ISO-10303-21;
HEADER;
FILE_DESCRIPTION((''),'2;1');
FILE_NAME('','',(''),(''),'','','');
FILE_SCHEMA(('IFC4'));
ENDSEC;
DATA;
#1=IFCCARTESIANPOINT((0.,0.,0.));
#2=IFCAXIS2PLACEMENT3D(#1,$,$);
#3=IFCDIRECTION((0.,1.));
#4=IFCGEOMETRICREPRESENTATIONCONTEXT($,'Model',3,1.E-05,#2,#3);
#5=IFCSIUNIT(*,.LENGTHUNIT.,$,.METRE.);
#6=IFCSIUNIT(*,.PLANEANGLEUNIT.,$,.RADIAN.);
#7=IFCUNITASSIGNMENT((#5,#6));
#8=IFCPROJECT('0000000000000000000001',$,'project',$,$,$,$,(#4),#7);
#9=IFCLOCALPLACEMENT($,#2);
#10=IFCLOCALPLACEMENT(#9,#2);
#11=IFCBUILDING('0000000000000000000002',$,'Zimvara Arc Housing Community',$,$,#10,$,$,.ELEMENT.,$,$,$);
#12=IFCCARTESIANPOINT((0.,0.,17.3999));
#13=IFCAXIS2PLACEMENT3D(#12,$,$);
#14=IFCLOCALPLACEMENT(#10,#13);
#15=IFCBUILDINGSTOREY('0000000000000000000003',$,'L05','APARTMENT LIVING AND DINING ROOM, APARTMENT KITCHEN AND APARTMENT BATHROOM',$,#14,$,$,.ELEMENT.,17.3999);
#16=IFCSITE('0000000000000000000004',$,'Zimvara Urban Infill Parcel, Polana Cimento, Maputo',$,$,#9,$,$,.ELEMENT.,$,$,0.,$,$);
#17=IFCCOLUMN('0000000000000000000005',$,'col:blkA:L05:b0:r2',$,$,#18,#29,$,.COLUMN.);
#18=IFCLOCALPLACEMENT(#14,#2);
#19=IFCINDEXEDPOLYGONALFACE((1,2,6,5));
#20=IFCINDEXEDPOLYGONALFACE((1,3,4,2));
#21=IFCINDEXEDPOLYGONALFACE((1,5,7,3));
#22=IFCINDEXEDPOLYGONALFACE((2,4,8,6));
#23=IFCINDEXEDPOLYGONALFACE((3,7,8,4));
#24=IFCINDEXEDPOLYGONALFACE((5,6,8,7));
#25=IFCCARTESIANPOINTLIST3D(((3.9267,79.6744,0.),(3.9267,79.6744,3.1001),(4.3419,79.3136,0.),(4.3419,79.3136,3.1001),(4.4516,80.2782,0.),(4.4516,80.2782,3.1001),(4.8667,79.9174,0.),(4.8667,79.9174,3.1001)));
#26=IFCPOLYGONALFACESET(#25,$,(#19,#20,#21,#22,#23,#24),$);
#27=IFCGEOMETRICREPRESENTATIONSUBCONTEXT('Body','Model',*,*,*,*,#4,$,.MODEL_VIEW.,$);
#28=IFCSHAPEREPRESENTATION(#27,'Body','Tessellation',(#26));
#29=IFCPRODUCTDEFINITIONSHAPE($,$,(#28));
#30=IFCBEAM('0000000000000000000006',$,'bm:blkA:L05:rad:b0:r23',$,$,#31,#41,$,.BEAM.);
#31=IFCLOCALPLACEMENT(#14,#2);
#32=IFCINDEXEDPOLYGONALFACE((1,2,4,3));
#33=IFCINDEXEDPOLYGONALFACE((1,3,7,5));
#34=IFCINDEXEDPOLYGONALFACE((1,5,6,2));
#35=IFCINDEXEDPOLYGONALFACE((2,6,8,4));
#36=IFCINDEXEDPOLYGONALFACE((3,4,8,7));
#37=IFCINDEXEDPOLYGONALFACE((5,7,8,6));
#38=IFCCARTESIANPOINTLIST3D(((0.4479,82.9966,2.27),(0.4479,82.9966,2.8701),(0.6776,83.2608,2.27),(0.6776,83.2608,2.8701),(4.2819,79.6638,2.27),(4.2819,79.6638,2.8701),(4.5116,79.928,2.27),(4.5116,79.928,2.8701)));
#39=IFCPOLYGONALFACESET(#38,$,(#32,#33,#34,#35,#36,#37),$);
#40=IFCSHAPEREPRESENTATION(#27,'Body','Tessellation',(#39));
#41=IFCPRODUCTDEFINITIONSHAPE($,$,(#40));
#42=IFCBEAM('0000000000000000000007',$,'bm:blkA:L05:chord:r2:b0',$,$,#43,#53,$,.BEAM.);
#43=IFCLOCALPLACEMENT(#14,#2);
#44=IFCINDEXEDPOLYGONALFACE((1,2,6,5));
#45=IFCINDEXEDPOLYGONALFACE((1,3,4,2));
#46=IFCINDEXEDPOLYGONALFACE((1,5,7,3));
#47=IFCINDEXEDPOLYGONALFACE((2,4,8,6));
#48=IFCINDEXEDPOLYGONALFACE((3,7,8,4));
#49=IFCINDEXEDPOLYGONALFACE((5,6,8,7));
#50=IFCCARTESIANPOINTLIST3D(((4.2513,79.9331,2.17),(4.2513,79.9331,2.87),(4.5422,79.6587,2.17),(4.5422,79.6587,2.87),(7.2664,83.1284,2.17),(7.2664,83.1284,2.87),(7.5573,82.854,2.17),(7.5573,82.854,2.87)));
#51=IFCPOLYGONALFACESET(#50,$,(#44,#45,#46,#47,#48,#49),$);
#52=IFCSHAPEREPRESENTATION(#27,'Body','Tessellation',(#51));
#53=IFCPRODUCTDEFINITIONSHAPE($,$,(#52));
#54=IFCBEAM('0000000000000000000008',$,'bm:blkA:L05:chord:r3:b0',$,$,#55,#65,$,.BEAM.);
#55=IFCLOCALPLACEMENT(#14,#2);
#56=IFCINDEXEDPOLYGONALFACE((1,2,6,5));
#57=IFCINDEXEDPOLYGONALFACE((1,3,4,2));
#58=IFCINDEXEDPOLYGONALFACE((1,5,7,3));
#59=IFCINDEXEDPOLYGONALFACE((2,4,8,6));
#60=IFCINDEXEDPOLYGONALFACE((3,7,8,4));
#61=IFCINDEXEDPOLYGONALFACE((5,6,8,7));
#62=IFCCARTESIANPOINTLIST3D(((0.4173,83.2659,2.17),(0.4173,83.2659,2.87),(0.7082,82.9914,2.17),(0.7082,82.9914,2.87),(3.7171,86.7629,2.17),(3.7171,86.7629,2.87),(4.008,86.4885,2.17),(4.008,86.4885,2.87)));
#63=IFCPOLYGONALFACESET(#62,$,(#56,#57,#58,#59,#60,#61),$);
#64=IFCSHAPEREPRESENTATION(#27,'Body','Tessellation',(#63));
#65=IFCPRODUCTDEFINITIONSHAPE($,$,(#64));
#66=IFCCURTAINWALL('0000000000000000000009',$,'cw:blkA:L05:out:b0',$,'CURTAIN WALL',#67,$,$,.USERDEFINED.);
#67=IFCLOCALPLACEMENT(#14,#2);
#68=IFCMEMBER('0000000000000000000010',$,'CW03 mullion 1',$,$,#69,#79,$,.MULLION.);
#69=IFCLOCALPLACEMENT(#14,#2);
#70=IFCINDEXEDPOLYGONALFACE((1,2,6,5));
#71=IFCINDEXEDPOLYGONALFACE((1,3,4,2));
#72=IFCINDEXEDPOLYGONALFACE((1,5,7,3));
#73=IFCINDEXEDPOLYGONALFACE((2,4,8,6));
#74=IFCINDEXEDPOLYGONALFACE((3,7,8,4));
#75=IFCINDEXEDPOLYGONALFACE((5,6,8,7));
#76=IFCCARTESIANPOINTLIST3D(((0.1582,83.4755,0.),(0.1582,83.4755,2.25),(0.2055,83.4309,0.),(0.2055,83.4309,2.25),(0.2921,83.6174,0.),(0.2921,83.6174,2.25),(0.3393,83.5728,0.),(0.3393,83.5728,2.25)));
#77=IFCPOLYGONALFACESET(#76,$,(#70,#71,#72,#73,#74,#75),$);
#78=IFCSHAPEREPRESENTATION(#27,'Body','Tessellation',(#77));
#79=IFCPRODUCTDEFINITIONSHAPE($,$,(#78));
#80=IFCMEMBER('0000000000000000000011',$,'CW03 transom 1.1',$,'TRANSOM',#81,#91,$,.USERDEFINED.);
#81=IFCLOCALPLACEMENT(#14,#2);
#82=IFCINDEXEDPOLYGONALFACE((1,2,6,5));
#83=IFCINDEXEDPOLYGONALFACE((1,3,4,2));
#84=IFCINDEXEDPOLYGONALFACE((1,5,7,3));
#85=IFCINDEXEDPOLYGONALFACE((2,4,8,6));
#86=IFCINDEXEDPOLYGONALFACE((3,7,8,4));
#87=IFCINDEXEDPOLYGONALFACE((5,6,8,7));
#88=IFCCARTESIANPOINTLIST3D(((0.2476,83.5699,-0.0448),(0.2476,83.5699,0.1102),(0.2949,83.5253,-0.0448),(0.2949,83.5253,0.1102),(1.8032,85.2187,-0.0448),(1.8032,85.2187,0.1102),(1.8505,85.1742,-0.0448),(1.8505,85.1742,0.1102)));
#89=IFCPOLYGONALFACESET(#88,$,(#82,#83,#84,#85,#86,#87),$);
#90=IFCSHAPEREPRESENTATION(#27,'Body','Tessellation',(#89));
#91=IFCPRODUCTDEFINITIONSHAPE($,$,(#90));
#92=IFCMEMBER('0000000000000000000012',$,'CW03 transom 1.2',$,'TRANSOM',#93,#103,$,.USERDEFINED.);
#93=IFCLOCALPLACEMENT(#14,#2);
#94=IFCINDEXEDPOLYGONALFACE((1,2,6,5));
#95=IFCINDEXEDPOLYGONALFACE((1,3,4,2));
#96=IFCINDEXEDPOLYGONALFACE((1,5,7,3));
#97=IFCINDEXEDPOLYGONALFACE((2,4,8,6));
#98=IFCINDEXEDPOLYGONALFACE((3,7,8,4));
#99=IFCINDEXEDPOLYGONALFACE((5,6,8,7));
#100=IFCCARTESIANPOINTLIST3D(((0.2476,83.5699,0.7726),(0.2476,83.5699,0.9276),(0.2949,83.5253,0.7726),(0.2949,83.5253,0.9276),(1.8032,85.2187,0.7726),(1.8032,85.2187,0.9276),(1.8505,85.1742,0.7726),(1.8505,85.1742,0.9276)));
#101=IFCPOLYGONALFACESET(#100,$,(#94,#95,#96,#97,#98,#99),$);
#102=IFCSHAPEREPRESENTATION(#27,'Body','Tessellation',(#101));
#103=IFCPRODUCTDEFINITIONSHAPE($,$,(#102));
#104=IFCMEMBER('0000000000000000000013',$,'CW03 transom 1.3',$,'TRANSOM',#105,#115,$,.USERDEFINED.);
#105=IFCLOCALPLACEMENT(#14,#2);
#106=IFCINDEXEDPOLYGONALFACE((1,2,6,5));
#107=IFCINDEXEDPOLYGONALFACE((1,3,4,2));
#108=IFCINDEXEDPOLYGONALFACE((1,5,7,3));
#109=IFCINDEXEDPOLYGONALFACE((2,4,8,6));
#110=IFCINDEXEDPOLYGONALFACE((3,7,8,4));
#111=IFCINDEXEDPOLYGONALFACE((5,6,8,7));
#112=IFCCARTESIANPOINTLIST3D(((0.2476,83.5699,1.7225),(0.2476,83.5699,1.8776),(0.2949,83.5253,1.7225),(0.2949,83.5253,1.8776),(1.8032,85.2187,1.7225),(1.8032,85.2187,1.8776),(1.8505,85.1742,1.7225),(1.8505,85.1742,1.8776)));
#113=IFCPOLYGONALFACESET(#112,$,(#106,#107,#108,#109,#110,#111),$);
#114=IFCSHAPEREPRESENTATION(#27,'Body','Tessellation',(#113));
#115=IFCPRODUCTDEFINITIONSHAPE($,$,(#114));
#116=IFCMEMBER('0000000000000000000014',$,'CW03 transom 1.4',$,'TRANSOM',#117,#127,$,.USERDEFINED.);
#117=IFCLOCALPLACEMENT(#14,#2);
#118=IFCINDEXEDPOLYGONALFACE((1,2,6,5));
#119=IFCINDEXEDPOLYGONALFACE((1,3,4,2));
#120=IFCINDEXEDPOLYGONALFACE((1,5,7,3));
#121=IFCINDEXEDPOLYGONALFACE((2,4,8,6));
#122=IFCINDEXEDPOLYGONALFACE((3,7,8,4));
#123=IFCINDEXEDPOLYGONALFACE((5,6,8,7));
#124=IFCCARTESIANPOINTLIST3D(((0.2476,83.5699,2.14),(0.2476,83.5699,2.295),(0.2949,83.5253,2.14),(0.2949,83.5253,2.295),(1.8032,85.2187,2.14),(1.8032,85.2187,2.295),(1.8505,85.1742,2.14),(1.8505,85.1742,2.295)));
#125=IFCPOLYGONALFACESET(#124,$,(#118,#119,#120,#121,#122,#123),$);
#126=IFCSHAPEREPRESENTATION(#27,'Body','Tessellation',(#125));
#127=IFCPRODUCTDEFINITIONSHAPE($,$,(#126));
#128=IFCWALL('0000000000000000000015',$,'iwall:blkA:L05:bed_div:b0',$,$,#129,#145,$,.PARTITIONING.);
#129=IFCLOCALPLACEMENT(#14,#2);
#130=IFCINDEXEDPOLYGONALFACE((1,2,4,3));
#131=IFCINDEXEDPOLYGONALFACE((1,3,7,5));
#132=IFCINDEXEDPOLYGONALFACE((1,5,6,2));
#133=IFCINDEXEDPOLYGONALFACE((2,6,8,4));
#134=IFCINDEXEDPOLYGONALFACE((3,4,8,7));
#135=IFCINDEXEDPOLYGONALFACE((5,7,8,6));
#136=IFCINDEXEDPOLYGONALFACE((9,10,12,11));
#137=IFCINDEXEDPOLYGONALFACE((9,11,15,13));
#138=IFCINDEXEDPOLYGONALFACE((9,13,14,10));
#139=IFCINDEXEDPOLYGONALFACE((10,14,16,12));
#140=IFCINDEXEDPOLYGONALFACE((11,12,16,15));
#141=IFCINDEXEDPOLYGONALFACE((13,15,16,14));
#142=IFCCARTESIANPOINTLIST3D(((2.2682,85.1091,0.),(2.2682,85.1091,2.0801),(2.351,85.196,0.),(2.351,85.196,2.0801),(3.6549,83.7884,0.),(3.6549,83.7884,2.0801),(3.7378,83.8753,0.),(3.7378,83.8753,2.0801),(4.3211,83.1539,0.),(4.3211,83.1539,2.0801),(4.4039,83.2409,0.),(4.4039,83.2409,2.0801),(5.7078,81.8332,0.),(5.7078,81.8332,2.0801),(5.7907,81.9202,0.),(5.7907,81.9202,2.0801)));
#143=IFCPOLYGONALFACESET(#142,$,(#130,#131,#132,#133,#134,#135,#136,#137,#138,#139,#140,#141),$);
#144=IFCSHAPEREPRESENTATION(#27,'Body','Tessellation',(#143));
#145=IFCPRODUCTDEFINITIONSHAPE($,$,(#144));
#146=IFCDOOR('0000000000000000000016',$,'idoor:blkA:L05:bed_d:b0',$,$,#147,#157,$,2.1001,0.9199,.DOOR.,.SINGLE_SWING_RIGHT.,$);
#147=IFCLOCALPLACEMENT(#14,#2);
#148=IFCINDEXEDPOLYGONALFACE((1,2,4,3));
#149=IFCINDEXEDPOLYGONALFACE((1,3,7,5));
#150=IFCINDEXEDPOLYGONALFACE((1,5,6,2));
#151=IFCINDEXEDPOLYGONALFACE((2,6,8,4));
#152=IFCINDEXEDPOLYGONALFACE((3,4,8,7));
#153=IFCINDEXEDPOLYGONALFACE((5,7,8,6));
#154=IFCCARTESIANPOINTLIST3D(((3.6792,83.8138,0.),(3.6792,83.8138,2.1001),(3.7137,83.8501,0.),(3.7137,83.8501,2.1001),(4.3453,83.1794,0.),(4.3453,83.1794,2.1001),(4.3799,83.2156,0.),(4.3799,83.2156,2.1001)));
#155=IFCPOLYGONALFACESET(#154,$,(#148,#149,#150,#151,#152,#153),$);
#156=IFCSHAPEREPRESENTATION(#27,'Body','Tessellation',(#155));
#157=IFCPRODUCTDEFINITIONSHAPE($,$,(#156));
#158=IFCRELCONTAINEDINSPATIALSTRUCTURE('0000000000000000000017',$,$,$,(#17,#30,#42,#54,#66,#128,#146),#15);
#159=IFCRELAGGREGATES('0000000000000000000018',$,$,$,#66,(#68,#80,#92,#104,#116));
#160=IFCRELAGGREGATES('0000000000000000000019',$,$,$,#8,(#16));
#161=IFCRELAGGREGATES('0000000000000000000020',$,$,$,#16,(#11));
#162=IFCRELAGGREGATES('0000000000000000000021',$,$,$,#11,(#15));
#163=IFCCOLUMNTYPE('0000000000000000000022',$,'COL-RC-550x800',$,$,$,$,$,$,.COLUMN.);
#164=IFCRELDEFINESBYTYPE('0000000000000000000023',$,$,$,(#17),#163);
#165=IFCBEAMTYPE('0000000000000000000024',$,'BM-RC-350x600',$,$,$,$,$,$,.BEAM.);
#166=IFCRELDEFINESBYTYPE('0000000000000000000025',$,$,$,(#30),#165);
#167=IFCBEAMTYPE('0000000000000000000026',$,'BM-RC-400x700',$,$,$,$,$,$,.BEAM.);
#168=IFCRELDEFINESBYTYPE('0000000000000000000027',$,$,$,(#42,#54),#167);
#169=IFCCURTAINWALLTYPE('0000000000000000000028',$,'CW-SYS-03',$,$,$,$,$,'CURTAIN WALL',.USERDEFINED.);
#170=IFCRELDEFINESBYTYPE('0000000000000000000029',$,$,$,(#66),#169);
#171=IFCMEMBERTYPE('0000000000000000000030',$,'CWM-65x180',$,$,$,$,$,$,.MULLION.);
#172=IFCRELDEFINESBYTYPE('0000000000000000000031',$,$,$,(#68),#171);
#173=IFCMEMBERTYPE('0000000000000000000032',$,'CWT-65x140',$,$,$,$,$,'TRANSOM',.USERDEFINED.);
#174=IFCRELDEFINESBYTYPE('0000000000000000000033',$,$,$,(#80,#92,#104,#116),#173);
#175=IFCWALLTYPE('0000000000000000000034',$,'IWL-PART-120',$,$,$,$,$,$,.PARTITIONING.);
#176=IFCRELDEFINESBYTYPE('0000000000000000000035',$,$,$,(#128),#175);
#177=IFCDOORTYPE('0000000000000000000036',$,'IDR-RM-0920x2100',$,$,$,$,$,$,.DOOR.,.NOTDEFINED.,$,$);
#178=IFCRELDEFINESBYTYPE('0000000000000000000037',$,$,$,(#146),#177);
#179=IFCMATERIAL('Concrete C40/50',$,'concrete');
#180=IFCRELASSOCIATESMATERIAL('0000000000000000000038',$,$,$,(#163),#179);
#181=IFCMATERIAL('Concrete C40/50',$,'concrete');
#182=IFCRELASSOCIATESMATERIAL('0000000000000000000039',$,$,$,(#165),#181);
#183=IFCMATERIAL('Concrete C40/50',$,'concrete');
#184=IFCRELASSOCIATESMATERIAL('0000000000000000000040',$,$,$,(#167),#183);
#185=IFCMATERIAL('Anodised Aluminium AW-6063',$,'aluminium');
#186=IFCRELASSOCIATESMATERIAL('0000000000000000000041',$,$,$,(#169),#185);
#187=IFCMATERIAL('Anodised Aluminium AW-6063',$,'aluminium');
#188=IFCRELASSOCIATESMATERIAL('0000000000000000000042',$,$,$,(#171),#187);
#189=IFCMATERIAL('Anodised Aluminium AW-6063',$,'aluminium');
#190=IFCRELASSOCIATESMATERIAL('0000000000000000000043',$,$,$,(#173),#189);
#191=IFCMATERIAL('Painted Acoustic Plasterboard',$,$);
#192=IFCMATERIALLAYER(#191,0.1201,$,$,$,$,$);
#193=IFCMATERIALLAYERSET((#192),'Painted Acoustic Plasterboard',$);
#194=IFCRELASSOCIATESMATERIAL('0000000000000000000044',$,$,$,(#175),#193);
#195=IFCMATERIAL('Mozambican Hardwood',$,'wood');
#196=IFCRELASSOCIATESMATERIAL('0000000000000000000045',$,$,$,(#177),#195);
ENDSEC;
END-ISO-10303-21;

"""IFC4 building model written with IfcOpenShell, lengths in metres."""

from ifc_helpers import new_model, si_unit, direction, frame, frame_2d, origin, origin_2d, place, context, subcontext, project, spatial, rectangle, extrude, material, layer, layer_set, material_profile, profile_set, type_object, element, fill, aggregate, save


model = new_model("IFC4")

# Units and contexts
model_context = context("Model", 3, precision=1e-05, world=origin(), true_north=direction((0.0, 1.0)))
body_context = subcontext(model_context, "Body", "Model", "MODEL_VIEW")
ifc_project = project(units=[si_unit("LENGTHUNIT", "METRE"), si_unit("PLANEANGLEUNIT", "RADIAN")], contexts=[model_context])

# Site, building, storey
site_placement = place(None, origin())
site = spatial("IfcSite", under=ifc_project, at=site_placement, Name="Zimvara Urban Infill Parcel, Polana Cimento, Maputo", CompositionType="ELEMENT", RefElevation=0.0)
building_placement = place(site_placement, origin())
building = spatial("IfcBuilding", under=site, at=building_placement, Name="Zimvara Arc Housing Community", CompositionType="ELEMENT")
storey_placement = place(building_placement, frame((0.0, 0.0, 17.3999)))
storey = spatial("IfcBuildingStorey", under=building, at=storey_placement, Name="L05", Description="APARTMENT LIVING AND DINING ROOM, APARTMENT KITCHEN AND APARTMENT BATHROOM", CompositionType="ELEMENT", Elevation=17.3999)

# Column
ifc_material_1 = material(Name="Concrete C40/50", Category="concrete")
ifc_material_profile_1 = material_profile(ifc_material_1, rectangle(XDim=0.55, YDim=0.8, at=origin_2d()), Name="RC 550x800")
ifc_profile_set_1 = profile_set([ifc_material_profile_1], Name="Concrete C40/50")
column_type_1 = type_object("IfcColumnType", Name="COL-RC-550x800", PredefinedType="COLUMN", material=ifc_profile_set_1)
column_1_placement = place(storey_placement, frame((4.3967, 79.7959, 0.0), z_axis=(0.0, 0.0, 1.0), x_axis=(-0.75471, 0.656059, 0.0)))
element("IfcColumn", 1, at=column_1_placement, inside=storey, type_object=column_type_1, Name="col:blkA:L05:b0:r2", PredefinedType="COLUMN", context=body_context, shape_type="SweptSolid", body=[
    extrude(rectangle(XDim=0.55, YDim=0.8, at=origin_2d()), origin(), (0.0, 0.0, 1.0), 3.1001),
])

# Beams
ifc_material_2 = material(Name="Concrete C40/50", Category="concrete")
ifc_material_profile_2 = material_profile(ifc_material_2, rectangle(XDim=0.3501, YDim=0.6001, at=origin_2d()), Name="RC 350x600")
ifc_profile_set_2 = profile_set([ifc_material_profile_2], Name="Concrete C40/50")
beam_type_1 = type_object("IfcBeamType", Name="BM-RC-350x600", PredefinedType="BEAM", material=ifc_profile_set_2)
beam_1_placement = place(storey_placement, frame((4.3967, 79.7959, 2.5701), z_axis=(-0.754716, 0.656051, 0.0), x_axis=(-0.656051, -0.754716, 0.0)))
element("IfcBeam", 2, at=beam_1_placement, inside=storey, type_object=beam_type_1, Name="bm:blkA:L05:rad:b0:r23", PredefinedType="BEAM", context=body_context, shape_type="SweptSolid", body=[
    extrude(rectangle(XDim=0.3501, YDim=0.6001, at=origin_2d()), origin(), (0.0, 0.0, 1.0), 5.0801),
])
ifc_material_3 = material(Name="Concrete C40/50", Category="concrete")
ifc_material_profile_3 = material_profile(ifc_material_3, rectangle(XDim=0.3999, YDim=0.7, at=origin_2d()), Name="RC 400x700")
ifc_profile_set_3 = profile_set([ifc_material_profile_3], Name="Concrete C40/50")
beam_type_2 = type_object("IfcBeamType", Name="BM-RC-400x700", PredefinedType="BEAM", material=ifc_profile_set_3)
beam_2_placement = place(storey_placement, frame((4.3967, 79.7959, 2.52), z_axis=(0.686304, 0.727315, 0.0), x_axis=(-0.727315, 0.686304, 0.0)))
element("IfcBeam", 3, at=beam_2_placement, inside=storey, type_object=beam_type_2, Name="bm:blkA:L05:chord:r2:b0", PredefinedType="BEAM", context=body_context, shape_type="SweptSolid", body=[
    extrude(rectangle(XDim=0.3999, YDim=0.7, at=origin_2d()), origin(), (0.0, 0.0, 1.0), 4.3933),
])
beam_3_placement = place(storey_placement, frame((0.5627, 83.1287, 2.52), z_axis=(0.686295, 0.727323, 0.0), x_axis=(-0.727323, 0.686295, 0.0)))
element("IfcBeam", 4, at=beam_3_placement, inside=storey, type_object=beam_type_2, Name="bm:blkA:L05:chord:r3:b0", PredefinedType="BEAM", context=body_context, shape_type="SweptSolid", body=[
    extrude(rectangle(XDim=0.3999, YDim=0.7, at=origin_2d()), origin(), (0.0, 0.0, 1.0), 4.8081),
])

# Curtain wall, members
ifc_material_4 = material(Name="Anodised Aluminium AW-6063", Category="aluminium")
curtain_wall_type = type_object("IfcCurtainWallType", Name="CW-SYS-03", ElementType="CURTAIN WALL", PredefinedType="USERDEFINED", material=ifc_material_4)
curtain_wall_placement = place(storey_placement, origin())
curtain_wall = element("IfcCurtainWall", 5, at=curtain_wall_placement, inside=storey, type_object=curtain_wall_type, Name="cw:blkA:L05:out:b0", ObjectType="CURTAIN WALL", PredefinedType="USERDEFINED")
ifc_material_5 = material(Name="Anodised Aluminium AW-6063", Category="aluminium")
ifc_material_profile_4 = material_profile(ifc_material_5, rectangle(XDim=0.0649, YDim=0.1951, at=origin_2d()), Name="ALU 65x195")
ifc_profile_set_4 = profile_set([ifc_material_profile_4], Name="Anodised Aluminium AW-6063")
member_type_1 = type_object("IfcMemberType", Name="CWM-65x180", PredefinedType="MULLION", material=ifc_profile_set_4)
member_1_placement = place(storey_placement, frame((0.2488, 83.5242, 0.0), z_axis=(0.0, 0.0, 1.0), x_axis=(-0.727294, 0.686326, 0.0)))
member_1 = element("IfcMember", 6, at=member_1_placement, type_object=member_type_1, Name="CW03 mullion 1", PredefinedType="MULLION", context=body_context, shape_type="SweptSolid", body=[
    extrude(rectangle(XDim=0.0649, YDim=0.1951, at=origin_2d()), origin(), (0.0, 0.0, 1.0), 2.25),
])
ifc_material_6 = material(Name="Anodised Aluminium AW-6063", Category="aluminium")
ifc_material_profile_5 = material_profile(ifc_material_6, rectangle(XDim=0.0649, YDim=0.155, at=origin_2d()), Name="ALU 65x155")
ifc_profile_set_5 = profile_set([ifc_material_profile_5], Name="Anodised Aluminium AW-6063")
member_type_2 = type_object("IfcMemberType", Name="CWT-65x140", ElementType="TRANSOM", PredefinedType="USERDEFINED", material=ifc_profile_set_5)
member_2_placement = place(storey_placement, frame((0.2712, 83.5476, 0.0327), z_axis=(0.686238, 0.727377, 0.0), x_axis=(-0.727377, 0.686238, 0.0)))
member_2 = element("IfcMember", 7, at=member_2_placement, type_object=member_type_2, Name="CW03 transom 1.1", ObjectType="TRANSOM", PredefinedType="USERDEFINED", context=body_context, shape_type="SweptSolid", body=[
    extrude(rectangle(XDim=0.0649, YDim=0.155, at=origin_2d()), origin(), (0.0, 0.0, 1.0), 2.2668),
])
member_3_placement = place(storey_placement, frame((0.2712, 83.5476, 0.8501), z_axis=(0.686238, 0.727377, 0.0), x_axis=(-0.727377, 0.686238, 0.0)))
member_3 = element("IfcMember", 8, at=member_3_placement, type_object=member_type_2, Name="CW03 transom 1.2", ObjectType="TRANSOM", PredefinedType="USERDEFINED", context=body_context, shape_type="SweptSolid", body=[
    extrude(rectangle(XDim=0.0649, YDim=0.155, at=origin_2d()), origin(), (0.0, 0.0, 1.0), 2.2668),
])
member_4_placement = place(storey_placement, frame((0.2712, 83.5476, 1.8), z_axis=(0.686238, 0.727377, 0.0), x_axis=(-0.727377, 0.686238, 0.0)))
member_4 = element("IfcMember", 9, at=member_4_placement, type_object=member_type_2, Name="CW03 transom 1.3", ObjectType="TRANSOM", PredefinedType="USERDEFINED", context=body_context, shape_type="SweptSolid", body=[
    extrude(rectangle(XDim=0.0649, YDim=0.155, at=origin_2d()), origin(), (0.0, 0.0, 1.0), 2.2668),
])
member_5_placement = place(storey_placement, frame((0.2712, 83.5476, 2.2175), z_axis=(0.686238, 0.727377, 0.0), x_axis=(-0.727377, 0.686238, 0.0)))
member_5 = element("IfcMember", 10, at=member_5_placement, type_object=member_type_2, Name="CW03 transom 1.4", ObjectType="TRANSOM", PredefinedType="USERDEFINED", context=body_context, shape_type="SweptSolid", body=[
    extrude(rectangle(XDim=0.0649, YDim=0.155, at=origin_2d()), origin(), (0.0, 0.0, 1.0), 2.2668),
])
aggregate(curtain_wall, [member_1, member_2, member_3, member_4, member_5])

# Wall, opening, door
ifc_material_7 = material(Name="Painted Acoustic Plasterboard")
ifc_layer_1 = layer(ifc_material_7, 0.1201)
ifc_layer_set_1 = layer_set([ifc_layer_1], Name="Painted Acoustic Plasterboard")
wall_type_1 = type_object("IfcWallType", Name="IWL-PART-120", PredefinedType="PARTITIONING", material=ifc_layer_set_1)
wall_1_placement = place(storey_placement, frame((5.7493, 81.8767, 0.0), z_axis=(0.0, 0.0, 1.0), x_axis=(-0.72414, 0.689653, 0.0)))
wall_1 = element("IfcWall", 11, at=wall_1_placement, inside=storey, type_object=wall_type_1, Name="iwall:blkA:L05:bed_div:b0", PredefinedType="PARTITIONING", context=body_context, shape_type="SweptSolid", body=[
    extrude(rectangle(XDim=4.75, YDim=0.1201, at=frame_2d((2.375, 0.0))), origin(), (0.0, 0.0, 1.0), 2.0801),
])
opening_1_placement = place(wall_1_placement, frame((1.915, 0.0, 0.0)))
opening_1 = element("IfcOpeningElement", 12, at=opening_1_placement, cuts=wall_1, PredefinedType="OPENING", context=body_context, shape_type="SweptSolid", body=[
    extrude(rectangle(XDim=0.9199, YDim=2.1001, at=frame_2d((0.46, 1.05))), frame((0.0, 0.0701, 0.0), z_axis=(0.0, -1.0, 0.0), x_axis=(1.0, 0.0, 0.0)), (0.0, 0.0, 1.0), 0.1401),
])
ifc_material_8 = material(Name="Mozambican Hardwood", Category="wood")
door_type_1 = type_object("IfcDoorType", Name="IDR-RM-0920x2100", OperationType="NOTDEFINED", PredefinedType="DOOR", material=ifc_material_8)
door_1_placement = place(opening_1_placement, origin())
door_1 = element("IfcDoor", 13, at=door_1_placement, inside=storey, type_object=door_type_1, Name="idoor:blkA:L05:bed_d:b0", OperationType="SINGLE_SWING_RIGHT", OverallHeight=2.1001, OverallWidth=0.9199, PredefinedType="DOOR", context=body_context, shape_type="SweptSolid", body=[
    extrude(rectangle(XDim=0.9199, YDim=2.1001, at=frame_2d((0.46, 1.05))), frame((0.0, 0.0249, 0.0), z_axis=(0.0, -1.0, 0.0), x_axis=(1.0, 0.0, 0.0)), (0.0, 0.0, 1.0), 0.05),
])
fill(opening_1, door_1)

save(model, "model.ifc")
